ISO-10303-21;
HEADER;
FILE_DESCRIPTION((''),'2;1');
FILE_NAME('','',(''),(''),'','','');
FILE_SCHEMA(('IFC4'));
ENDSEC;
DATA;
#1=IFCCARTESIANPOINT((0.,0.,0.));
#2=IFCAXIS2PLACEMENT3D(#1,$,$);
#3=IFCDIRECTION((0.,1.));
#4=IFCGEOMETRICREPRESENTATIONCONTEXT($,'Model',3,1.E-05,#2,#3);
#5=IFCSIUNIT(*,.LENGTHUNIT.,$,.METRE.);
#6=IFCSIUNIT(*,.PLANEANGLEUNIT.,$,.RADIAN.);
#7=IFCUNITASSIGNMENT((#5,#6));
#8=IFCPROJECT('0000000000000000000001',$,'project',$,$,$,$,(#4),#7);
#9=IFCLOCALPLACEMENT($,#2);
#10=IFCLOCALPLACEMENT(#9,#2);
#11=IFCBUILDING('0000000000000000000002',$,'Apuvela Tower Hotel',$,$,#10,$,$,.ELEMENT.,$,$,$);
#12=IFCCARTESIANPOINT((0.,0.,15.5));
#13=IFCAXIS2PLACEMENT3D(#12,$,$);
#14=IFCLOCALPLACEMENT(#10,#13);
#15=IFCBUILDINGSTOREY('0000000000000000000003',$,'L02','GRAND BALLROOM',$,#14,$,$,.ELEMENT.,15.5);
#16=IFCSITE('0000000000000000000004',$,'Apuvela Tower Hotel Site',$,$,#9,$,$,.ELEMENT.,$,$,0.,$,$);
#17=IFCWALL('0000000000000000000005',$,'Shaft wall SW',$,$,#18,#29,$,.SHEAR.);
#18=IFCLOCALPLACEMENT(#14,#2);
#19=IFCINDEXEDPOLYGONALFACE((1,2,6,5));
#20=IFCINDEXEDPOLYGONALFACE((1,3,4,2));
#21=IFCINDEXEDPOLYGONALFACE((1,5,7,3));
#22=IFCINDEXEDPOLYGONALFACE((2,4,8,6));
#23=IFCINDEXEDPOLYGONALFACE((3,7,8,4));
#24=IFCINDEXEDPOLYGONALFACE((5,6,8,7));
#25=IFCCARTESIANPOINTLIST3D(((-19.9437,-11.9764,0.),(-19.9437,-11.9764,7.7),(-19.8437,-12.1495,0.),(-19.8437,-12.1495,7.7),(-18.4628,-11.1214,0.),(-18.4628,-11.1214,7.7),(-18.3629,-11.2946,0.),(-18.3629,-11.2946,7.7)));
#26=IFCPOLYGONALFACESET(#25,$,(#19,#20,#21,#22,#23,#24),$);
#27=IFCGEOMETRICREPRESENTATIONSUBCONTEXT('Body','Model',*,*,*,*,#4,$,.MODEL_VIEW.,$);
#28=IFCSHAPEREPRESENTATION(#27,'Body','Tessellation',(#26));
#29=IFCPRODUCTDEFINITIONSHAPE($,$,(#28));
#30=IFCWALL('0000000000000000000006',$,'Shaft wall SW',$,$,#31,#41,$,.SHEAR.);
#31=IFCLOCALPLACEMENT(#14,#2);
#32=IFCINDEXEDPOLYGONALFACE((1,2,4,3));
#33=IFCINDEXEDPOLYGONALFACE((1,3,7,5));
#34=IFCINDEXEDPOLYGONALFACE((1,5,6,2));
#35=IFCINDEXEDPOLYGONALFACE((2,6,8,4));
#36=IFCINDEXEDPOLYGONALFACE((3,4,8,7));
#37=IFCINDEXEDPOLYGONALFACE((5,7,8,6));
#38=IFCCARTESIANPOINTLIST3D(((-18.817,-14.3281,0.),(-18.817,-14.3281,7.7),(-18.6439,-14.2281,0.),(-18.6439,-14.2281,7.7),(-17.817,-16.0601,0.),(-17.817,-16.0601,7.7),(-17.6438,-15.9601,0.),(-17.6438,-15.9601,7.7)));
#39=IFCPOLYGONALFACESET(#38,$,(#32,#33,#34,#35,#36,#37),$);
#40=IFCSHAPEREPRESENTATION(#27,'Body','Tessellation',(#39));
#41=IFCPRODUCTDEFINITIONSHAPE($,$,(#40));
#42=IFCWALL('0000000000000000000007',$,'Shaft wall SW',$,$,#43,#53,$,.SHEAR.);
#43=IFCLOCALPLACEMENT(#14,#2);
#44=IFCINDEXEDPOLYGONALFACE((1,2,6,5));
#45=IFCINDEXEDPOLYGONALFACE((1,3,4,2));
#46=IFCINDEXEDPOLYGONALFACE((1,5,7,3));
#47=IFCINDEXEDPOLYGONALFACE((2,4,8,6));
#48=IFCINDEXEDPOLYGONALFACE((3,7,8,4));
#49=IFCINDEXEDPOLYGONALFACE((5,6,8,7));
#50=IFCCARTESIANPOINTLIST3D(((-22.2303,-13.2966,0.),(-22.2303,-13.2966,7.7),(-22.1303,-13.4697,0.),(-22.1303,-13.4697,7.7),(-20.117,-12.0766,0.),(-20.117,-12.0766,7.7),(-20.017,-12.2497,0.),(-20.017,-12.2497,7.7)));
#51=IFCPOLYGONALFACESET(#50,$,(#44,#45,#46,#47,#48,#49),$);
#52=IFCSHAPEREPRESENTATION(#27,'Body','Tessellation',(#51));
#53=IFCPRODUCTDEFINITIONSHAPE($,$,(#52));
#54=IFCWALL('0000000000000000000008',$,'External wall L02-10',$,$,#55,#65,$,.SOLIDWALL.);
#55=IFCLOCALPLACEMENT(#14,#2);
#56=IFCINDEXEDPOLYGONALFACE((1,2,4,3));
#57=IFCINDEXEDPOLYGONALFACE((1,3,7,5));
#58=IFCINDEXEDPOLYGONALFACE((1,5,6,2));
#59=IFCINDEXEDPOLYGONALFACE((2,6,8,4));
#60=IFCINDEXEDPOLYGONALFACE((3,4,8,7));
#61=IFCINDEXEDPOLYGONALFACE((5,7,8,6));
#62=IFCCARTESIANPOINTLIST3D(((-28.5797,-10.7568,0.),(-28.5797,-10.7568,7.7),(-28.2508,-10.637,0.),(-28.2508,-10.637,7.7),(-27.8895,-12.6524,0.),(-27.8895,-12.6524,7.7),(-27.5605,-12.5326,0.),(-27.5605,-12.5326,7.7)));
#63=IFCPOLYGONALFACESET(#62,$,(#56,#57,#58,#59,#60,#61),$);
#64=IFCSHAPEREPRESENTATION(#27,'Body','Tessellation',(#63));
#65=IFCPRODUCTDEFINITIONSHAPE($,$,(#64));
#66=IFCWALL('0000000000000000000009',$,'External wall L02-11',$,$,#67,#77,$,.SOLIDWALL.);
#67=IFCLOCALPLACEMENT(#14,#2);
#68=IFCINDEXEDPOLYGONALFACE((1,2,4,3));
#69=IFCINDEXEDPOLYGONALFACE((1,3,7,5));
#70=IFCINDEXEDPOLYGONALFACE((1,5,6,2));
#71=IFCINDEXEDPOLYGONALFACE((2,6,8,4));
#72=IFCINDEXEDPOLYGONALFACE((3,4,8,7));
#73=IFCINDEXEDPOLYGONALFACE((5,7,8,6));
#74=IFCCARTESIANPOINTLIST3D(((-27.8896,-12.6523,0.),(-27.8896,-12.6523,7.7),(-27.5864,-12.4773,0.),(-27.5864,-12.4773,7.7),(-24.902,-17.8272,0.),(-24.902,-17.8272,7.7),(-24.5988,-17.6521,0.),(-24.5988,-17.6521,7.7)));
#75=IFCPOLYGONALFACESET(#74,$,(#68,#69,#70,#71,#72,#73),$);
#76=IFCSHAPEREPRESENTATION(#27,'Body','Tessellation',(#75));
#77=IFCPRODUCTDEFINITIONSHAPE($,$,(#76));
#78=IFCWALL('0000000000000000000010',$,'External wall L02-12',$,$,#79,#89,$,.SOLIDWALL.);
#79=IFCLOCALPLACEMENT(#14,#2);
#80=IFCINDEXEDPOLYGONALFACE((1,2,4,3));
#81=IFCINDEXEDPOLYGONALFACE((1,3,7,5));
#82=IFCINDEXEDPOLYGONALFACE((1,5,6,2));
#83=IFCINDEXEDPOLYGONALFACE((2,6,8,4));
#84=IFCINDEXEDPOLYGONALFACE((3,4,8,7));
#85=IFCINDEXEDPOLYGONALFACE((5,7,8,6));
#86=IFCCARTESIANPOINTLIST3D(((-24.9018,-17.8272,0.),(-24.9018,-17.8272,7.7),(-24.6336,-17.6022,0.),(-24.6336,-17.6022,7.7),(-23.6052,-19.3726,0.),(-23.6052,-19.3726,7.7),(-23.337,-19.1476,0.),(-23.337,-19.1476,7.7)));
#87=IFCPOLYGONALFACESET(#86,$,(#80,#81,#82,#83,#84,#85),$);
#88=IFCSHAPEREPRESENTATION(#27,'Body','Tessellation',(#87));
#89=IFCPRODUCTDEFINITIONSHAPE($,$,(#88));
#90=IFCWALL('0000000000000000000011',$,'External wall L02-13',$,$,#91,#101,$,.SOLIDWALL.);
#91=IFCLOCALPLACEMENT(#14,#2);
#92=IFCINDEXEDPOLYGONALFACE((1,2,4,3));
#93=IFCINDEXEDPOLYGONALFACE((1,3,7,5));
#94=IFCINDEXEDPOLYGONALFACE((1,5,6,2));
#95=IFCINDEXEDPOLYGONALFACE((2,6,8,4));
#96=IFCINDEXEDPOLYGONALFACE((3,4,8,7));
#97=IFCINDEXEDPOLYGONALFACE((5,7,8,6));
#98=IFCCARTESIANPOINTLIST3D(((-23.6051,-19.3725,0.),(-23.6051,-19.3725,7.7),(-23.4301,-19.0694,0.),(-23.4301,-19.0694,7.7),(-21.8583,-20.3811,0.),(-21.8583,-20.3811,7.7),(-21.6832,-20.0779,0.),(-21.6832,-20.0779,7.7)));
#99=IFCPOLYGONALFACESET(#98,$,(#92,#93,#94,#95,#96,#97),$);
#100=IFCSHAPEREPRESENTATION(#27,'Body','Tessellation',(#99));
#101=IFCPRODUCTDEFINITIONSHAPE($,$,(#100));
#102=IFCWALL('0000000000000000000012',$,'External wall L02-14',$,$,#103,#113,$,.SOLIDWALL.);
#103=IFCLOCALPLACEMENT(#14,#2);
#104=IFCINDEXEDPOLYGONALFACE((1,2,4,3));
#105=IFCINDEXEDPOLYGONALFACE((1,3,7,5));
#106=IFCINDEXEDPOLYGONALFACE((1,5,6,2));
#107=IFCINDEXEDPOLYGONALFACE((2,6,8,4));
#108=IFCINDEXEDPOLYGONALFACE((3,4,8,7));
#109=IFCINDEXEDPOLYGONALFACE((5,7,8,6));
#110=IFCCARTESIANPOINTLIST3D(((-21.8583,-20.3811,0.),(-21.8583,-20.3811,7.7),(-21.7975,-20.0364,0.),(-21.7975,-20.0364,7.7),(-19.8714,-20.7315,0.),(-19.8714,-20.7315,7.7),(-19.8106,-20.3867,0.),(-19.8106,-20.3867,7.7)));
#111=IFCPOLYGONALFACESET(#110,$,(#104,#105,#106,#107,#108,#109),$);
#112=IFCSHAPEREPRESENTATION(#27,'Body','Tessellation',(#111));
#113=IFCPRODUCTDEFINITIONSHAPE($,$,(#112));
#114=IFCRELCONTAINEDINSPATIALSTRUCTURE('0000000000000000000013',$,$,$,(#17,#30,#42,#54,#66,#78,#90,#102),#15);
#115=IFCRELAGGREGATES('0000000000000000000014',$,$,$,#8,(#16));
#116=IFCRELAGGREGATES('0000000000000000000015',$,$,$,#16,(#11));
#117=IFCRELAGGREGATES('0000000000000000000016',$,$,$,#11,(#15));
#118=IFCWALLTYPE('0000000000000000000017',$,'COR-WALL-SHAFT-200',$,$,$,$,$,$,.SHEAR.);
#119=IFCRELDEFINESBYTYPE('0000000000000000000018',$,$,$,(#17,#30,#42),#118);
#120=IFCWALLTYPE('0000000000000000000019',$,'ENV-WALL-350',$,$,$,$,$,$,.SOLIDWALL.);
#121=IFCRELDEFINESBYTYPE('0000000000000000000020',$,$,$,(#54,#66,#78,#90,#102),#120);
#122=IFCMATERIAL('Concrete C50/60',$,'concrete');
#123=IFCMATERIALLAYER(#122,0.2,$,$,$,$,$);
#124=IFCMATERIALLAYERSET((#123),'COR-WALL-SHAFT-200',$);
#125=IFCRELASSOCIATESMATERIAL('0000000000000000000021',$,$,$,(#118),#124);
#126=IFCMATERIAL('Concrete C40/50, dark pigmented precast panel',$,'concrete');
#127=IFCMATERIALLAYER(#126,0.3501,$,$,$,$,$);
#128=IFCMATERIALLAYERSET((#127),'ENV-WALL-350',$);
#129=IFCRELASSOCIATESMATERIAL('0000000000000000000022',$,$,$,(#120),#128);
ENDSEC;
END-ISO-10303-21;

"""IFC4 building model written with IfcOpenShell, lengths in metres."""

from ifc_helpers import new_model, si_unit, direction, frame, frame_2d, origin, place, context, subcontext, project, spatial, rectangle, extrude, material, layer, layer_set, type_object, element, save


model = new_model("IFC4")

# Units and contexts
model_context = context("Model", 3, precision=1e-05, world=origin(), true_north=direction((0.0, 1.0)))
body_context = subcontext(model_context, "Body", "Model", "MODEL_VIEW")
ifc_project = project(units=[si_unit("LENGTHUNIT", "METRE"), si_unit("PLANEANGLEUNIT", "RADIAN")], contexts=[model_context])

# Site, building, storey
site_placement = place(None, origin())
site = spatial("IfcSite", under=ifc_project, at=site_placement, Name="Apuvela Tower Hotel Site", CompositionType="ELEMENT", RefElevation=0.0)
building_placement = place(site_placement, origin())
building = spatial("IfcBuilding", under=site, at=building_placement, Name="Apuvela Tower Hotel", CompositionType="ELEMENT")
storey_placement = place(building_placement, frame((0.0, 0.0, 15.5)))
storey = spatial("IfcBuildingStorey", under=building, at=storey_placement, Name="L02", Description="GRAND BALLROOM", CompositionType="ELEMENT", Elevation=15.5)

# Shared definitions
ifc_material_1 = material(Name="Concrete C50/60", Category="concrete")

# Shared definitions
ifc_layer_1 = layer(ifc_material_1, 0.2)
ifc_layer_set_1 = layer_set([ifc_layer_1], Name="COR-WALL-SHAFT-200")
wall_type_1 = type_object("IfcWallType", Name="COR-WALL-SHAFT-200", PredefinedType="SHEAR", material=ifc_layer_set_1)

# Walls
wall_1_placement = place(storey_placement, frame((-18.4128, -11.208, 0.0), z_axis=(0.0, 0.0, 1.0), x_axis=(-0.866038, -0.499978, 0.0)))
element("IfcWall", 1, at=wall_1_placement, inside=storey, type_object=wall_type_1, Name="Shaft wall SW", PredefinedType="SHEAR", context=body_context, shape_type="SweptSolid", body=[
    extrude(rectangle(XDim=1.71, YDim=0.2, at=frame_2d((0.855, 0.0))), origin(), (0.0, 0.0, 1.0), 7.7),
])
wall_2_placement = place(storey_placement, frame((-18.7305, -14.2781, 0.0), z_axis=(0.0, 0.0, 1.0), x_axis=(0.500025, -0.866011, 0.0)))
element("IfcWall", 2, at=wall_2_placement, inside=storey, type_object=wall_type_1, Name="Shaft wall SW", PredefinedType="SHEAR", context=body_context, shape_type="SweptSolid", body=[
    extrude(rectangle(XDim=2.0, YDim=0.2, at=frame_2d((1.0, 0.0))), origin(), (0.0, 0.0, 1.0), 7.7),
])
wall_3_placement = place(storey_placement, frame((-20.0669, -12.1631, 0.0), z_axis=(0.0, 0.0, 1.0), x_axis=(-0.866049, -0.499959, 0.0)))
element("IfcWall", 3, at=wall_3_placement, inside=storey, type_object=wall_type_1, Name="Shaft wall SW", PredefinedType="SHEAR", context=body_context, shape_type="SweptSolid", body=[
    extrude(rectangle(XDim=2.4402, YDim=0.2, at=frame_2d((1.2202, 0.0))), origin(), (0.0, 0.0, 1.0), 7.7),
])
ifc_material_2 = material(Name="Concrete C40/50, dark pigmented precast panel", Category="concrete")
ifc_layer_2 = layer(ifc_material_2, 0.3501)
ifc_layer_set_2 = layer_set([ifc_layer_2], Name="ENV-WALL-350")
wall_type_2 = type_object("IfcWallType", Name="ENV-WALL-350", PredefinedType="SOLIDWALL", material=ifc_layer_set_2)
wall_4_placement = place(storey_placement, frame((-28.4153, -10.6968, 0.0), z_axis=(0.0, 0.0, 1.0), x_axis=(0.342141, -0.939648, 0.0)))
element("IfcWall", 4, at=wall_4_placement, inside=storey, type_object=wall_type_2, Name="External wall L02-10", PredefinedType="SOLIDWALL", context=body_context, shape_type="SweptSolid", body=[
    extrude(rectangle(XDim=2.0173, YDim=0.3501, at=frame_2d((1.0088, 0.0))), origin(), (0.0, 0.0, 1.0), 7.7),
])
wall_5_placement = place(storey_placement, frame((-27.738, -12.5647, 0.0), z_axis=(0.0, 0.0, 1.0), x_axis=(0.499984, -0.866035, 0.0)))
element("IfcWall", 5, at=wall_5_placement, inside=storey, type_object=wall_type_2, Name="External wall L02-11", PredefinedType="SOLIDWALL", context=body_context, shape_type="SweptSolid", body=[
    extrude(rectangle(XDim=5.9753, YDim=0.3501, at=frame_2d((2.9878, 0.0))), origin(), (0.0, 0.0, 1.0), 7.7),
])
wall_6_placement = place(storey_placement, frame((-24.7678, -17.7146, 0.0), z_axis=(0.0, 0.0, 1.0), x_axis=(0.642752, -0.766074, 0.0)))
element("IfcWall", 6, at=wall_6_placement, inside=storey, type_object=wall_type_2, Name="External wall L02-12", PredefinedType="SOLIDWALL", context=body_context, shape_type="SweptSolid", body=[
    extrude(rectangle(XDim=2.0173, YDim=0.3501, at=frame_2d((1.0088, 0.0))), origin(), (0.0, 0.0, 1.0), 7.7),
])
wall_7_placement = place(storey_placement, frame((-23.5176, -19.2209, 0.0), z_axis=(0.0, 0.0, 1.0), x_axis=(0.866022, -0.500005, 0.0)))
element("IfcWall", 7, at=wall_7_placement, inside=storey, type_object=wall_type_2, Name="External wall L02-13", PredefinedType="SOLIDWALL", context=body_context, shape_type="SweptSolid", body=[
    extrude(rectangle(XDim=2.0171, YDim=0.3501, at=frame_2d((1.0085, 0.0))), origin(), (0.0, 0.0, 1.0), 7.7),
])
wall_8_placement = place(storey_placement, frame((-21.8279, -20.2087, 0.0), z_axis=(0.0, 0.0, 1.0), x_axis=(0.984807, -0.173654, 0.0)))
element("IfcWall", 8, at=wall_8_placement, inside=storey, type_object=wall_type_2, Name="External wall L02-14", PredefinedType="SOLIDWALL", context=body_context, shape_type="SweptSolid", body=[
    extrude(rectangle(XDim=2.0176, YDim=0.3501, at=frame_2d((1.0088, 0.0))), origin(), (0.0, 0.0, 1.0), 7.7),
])

save(model, "model.ifc")
